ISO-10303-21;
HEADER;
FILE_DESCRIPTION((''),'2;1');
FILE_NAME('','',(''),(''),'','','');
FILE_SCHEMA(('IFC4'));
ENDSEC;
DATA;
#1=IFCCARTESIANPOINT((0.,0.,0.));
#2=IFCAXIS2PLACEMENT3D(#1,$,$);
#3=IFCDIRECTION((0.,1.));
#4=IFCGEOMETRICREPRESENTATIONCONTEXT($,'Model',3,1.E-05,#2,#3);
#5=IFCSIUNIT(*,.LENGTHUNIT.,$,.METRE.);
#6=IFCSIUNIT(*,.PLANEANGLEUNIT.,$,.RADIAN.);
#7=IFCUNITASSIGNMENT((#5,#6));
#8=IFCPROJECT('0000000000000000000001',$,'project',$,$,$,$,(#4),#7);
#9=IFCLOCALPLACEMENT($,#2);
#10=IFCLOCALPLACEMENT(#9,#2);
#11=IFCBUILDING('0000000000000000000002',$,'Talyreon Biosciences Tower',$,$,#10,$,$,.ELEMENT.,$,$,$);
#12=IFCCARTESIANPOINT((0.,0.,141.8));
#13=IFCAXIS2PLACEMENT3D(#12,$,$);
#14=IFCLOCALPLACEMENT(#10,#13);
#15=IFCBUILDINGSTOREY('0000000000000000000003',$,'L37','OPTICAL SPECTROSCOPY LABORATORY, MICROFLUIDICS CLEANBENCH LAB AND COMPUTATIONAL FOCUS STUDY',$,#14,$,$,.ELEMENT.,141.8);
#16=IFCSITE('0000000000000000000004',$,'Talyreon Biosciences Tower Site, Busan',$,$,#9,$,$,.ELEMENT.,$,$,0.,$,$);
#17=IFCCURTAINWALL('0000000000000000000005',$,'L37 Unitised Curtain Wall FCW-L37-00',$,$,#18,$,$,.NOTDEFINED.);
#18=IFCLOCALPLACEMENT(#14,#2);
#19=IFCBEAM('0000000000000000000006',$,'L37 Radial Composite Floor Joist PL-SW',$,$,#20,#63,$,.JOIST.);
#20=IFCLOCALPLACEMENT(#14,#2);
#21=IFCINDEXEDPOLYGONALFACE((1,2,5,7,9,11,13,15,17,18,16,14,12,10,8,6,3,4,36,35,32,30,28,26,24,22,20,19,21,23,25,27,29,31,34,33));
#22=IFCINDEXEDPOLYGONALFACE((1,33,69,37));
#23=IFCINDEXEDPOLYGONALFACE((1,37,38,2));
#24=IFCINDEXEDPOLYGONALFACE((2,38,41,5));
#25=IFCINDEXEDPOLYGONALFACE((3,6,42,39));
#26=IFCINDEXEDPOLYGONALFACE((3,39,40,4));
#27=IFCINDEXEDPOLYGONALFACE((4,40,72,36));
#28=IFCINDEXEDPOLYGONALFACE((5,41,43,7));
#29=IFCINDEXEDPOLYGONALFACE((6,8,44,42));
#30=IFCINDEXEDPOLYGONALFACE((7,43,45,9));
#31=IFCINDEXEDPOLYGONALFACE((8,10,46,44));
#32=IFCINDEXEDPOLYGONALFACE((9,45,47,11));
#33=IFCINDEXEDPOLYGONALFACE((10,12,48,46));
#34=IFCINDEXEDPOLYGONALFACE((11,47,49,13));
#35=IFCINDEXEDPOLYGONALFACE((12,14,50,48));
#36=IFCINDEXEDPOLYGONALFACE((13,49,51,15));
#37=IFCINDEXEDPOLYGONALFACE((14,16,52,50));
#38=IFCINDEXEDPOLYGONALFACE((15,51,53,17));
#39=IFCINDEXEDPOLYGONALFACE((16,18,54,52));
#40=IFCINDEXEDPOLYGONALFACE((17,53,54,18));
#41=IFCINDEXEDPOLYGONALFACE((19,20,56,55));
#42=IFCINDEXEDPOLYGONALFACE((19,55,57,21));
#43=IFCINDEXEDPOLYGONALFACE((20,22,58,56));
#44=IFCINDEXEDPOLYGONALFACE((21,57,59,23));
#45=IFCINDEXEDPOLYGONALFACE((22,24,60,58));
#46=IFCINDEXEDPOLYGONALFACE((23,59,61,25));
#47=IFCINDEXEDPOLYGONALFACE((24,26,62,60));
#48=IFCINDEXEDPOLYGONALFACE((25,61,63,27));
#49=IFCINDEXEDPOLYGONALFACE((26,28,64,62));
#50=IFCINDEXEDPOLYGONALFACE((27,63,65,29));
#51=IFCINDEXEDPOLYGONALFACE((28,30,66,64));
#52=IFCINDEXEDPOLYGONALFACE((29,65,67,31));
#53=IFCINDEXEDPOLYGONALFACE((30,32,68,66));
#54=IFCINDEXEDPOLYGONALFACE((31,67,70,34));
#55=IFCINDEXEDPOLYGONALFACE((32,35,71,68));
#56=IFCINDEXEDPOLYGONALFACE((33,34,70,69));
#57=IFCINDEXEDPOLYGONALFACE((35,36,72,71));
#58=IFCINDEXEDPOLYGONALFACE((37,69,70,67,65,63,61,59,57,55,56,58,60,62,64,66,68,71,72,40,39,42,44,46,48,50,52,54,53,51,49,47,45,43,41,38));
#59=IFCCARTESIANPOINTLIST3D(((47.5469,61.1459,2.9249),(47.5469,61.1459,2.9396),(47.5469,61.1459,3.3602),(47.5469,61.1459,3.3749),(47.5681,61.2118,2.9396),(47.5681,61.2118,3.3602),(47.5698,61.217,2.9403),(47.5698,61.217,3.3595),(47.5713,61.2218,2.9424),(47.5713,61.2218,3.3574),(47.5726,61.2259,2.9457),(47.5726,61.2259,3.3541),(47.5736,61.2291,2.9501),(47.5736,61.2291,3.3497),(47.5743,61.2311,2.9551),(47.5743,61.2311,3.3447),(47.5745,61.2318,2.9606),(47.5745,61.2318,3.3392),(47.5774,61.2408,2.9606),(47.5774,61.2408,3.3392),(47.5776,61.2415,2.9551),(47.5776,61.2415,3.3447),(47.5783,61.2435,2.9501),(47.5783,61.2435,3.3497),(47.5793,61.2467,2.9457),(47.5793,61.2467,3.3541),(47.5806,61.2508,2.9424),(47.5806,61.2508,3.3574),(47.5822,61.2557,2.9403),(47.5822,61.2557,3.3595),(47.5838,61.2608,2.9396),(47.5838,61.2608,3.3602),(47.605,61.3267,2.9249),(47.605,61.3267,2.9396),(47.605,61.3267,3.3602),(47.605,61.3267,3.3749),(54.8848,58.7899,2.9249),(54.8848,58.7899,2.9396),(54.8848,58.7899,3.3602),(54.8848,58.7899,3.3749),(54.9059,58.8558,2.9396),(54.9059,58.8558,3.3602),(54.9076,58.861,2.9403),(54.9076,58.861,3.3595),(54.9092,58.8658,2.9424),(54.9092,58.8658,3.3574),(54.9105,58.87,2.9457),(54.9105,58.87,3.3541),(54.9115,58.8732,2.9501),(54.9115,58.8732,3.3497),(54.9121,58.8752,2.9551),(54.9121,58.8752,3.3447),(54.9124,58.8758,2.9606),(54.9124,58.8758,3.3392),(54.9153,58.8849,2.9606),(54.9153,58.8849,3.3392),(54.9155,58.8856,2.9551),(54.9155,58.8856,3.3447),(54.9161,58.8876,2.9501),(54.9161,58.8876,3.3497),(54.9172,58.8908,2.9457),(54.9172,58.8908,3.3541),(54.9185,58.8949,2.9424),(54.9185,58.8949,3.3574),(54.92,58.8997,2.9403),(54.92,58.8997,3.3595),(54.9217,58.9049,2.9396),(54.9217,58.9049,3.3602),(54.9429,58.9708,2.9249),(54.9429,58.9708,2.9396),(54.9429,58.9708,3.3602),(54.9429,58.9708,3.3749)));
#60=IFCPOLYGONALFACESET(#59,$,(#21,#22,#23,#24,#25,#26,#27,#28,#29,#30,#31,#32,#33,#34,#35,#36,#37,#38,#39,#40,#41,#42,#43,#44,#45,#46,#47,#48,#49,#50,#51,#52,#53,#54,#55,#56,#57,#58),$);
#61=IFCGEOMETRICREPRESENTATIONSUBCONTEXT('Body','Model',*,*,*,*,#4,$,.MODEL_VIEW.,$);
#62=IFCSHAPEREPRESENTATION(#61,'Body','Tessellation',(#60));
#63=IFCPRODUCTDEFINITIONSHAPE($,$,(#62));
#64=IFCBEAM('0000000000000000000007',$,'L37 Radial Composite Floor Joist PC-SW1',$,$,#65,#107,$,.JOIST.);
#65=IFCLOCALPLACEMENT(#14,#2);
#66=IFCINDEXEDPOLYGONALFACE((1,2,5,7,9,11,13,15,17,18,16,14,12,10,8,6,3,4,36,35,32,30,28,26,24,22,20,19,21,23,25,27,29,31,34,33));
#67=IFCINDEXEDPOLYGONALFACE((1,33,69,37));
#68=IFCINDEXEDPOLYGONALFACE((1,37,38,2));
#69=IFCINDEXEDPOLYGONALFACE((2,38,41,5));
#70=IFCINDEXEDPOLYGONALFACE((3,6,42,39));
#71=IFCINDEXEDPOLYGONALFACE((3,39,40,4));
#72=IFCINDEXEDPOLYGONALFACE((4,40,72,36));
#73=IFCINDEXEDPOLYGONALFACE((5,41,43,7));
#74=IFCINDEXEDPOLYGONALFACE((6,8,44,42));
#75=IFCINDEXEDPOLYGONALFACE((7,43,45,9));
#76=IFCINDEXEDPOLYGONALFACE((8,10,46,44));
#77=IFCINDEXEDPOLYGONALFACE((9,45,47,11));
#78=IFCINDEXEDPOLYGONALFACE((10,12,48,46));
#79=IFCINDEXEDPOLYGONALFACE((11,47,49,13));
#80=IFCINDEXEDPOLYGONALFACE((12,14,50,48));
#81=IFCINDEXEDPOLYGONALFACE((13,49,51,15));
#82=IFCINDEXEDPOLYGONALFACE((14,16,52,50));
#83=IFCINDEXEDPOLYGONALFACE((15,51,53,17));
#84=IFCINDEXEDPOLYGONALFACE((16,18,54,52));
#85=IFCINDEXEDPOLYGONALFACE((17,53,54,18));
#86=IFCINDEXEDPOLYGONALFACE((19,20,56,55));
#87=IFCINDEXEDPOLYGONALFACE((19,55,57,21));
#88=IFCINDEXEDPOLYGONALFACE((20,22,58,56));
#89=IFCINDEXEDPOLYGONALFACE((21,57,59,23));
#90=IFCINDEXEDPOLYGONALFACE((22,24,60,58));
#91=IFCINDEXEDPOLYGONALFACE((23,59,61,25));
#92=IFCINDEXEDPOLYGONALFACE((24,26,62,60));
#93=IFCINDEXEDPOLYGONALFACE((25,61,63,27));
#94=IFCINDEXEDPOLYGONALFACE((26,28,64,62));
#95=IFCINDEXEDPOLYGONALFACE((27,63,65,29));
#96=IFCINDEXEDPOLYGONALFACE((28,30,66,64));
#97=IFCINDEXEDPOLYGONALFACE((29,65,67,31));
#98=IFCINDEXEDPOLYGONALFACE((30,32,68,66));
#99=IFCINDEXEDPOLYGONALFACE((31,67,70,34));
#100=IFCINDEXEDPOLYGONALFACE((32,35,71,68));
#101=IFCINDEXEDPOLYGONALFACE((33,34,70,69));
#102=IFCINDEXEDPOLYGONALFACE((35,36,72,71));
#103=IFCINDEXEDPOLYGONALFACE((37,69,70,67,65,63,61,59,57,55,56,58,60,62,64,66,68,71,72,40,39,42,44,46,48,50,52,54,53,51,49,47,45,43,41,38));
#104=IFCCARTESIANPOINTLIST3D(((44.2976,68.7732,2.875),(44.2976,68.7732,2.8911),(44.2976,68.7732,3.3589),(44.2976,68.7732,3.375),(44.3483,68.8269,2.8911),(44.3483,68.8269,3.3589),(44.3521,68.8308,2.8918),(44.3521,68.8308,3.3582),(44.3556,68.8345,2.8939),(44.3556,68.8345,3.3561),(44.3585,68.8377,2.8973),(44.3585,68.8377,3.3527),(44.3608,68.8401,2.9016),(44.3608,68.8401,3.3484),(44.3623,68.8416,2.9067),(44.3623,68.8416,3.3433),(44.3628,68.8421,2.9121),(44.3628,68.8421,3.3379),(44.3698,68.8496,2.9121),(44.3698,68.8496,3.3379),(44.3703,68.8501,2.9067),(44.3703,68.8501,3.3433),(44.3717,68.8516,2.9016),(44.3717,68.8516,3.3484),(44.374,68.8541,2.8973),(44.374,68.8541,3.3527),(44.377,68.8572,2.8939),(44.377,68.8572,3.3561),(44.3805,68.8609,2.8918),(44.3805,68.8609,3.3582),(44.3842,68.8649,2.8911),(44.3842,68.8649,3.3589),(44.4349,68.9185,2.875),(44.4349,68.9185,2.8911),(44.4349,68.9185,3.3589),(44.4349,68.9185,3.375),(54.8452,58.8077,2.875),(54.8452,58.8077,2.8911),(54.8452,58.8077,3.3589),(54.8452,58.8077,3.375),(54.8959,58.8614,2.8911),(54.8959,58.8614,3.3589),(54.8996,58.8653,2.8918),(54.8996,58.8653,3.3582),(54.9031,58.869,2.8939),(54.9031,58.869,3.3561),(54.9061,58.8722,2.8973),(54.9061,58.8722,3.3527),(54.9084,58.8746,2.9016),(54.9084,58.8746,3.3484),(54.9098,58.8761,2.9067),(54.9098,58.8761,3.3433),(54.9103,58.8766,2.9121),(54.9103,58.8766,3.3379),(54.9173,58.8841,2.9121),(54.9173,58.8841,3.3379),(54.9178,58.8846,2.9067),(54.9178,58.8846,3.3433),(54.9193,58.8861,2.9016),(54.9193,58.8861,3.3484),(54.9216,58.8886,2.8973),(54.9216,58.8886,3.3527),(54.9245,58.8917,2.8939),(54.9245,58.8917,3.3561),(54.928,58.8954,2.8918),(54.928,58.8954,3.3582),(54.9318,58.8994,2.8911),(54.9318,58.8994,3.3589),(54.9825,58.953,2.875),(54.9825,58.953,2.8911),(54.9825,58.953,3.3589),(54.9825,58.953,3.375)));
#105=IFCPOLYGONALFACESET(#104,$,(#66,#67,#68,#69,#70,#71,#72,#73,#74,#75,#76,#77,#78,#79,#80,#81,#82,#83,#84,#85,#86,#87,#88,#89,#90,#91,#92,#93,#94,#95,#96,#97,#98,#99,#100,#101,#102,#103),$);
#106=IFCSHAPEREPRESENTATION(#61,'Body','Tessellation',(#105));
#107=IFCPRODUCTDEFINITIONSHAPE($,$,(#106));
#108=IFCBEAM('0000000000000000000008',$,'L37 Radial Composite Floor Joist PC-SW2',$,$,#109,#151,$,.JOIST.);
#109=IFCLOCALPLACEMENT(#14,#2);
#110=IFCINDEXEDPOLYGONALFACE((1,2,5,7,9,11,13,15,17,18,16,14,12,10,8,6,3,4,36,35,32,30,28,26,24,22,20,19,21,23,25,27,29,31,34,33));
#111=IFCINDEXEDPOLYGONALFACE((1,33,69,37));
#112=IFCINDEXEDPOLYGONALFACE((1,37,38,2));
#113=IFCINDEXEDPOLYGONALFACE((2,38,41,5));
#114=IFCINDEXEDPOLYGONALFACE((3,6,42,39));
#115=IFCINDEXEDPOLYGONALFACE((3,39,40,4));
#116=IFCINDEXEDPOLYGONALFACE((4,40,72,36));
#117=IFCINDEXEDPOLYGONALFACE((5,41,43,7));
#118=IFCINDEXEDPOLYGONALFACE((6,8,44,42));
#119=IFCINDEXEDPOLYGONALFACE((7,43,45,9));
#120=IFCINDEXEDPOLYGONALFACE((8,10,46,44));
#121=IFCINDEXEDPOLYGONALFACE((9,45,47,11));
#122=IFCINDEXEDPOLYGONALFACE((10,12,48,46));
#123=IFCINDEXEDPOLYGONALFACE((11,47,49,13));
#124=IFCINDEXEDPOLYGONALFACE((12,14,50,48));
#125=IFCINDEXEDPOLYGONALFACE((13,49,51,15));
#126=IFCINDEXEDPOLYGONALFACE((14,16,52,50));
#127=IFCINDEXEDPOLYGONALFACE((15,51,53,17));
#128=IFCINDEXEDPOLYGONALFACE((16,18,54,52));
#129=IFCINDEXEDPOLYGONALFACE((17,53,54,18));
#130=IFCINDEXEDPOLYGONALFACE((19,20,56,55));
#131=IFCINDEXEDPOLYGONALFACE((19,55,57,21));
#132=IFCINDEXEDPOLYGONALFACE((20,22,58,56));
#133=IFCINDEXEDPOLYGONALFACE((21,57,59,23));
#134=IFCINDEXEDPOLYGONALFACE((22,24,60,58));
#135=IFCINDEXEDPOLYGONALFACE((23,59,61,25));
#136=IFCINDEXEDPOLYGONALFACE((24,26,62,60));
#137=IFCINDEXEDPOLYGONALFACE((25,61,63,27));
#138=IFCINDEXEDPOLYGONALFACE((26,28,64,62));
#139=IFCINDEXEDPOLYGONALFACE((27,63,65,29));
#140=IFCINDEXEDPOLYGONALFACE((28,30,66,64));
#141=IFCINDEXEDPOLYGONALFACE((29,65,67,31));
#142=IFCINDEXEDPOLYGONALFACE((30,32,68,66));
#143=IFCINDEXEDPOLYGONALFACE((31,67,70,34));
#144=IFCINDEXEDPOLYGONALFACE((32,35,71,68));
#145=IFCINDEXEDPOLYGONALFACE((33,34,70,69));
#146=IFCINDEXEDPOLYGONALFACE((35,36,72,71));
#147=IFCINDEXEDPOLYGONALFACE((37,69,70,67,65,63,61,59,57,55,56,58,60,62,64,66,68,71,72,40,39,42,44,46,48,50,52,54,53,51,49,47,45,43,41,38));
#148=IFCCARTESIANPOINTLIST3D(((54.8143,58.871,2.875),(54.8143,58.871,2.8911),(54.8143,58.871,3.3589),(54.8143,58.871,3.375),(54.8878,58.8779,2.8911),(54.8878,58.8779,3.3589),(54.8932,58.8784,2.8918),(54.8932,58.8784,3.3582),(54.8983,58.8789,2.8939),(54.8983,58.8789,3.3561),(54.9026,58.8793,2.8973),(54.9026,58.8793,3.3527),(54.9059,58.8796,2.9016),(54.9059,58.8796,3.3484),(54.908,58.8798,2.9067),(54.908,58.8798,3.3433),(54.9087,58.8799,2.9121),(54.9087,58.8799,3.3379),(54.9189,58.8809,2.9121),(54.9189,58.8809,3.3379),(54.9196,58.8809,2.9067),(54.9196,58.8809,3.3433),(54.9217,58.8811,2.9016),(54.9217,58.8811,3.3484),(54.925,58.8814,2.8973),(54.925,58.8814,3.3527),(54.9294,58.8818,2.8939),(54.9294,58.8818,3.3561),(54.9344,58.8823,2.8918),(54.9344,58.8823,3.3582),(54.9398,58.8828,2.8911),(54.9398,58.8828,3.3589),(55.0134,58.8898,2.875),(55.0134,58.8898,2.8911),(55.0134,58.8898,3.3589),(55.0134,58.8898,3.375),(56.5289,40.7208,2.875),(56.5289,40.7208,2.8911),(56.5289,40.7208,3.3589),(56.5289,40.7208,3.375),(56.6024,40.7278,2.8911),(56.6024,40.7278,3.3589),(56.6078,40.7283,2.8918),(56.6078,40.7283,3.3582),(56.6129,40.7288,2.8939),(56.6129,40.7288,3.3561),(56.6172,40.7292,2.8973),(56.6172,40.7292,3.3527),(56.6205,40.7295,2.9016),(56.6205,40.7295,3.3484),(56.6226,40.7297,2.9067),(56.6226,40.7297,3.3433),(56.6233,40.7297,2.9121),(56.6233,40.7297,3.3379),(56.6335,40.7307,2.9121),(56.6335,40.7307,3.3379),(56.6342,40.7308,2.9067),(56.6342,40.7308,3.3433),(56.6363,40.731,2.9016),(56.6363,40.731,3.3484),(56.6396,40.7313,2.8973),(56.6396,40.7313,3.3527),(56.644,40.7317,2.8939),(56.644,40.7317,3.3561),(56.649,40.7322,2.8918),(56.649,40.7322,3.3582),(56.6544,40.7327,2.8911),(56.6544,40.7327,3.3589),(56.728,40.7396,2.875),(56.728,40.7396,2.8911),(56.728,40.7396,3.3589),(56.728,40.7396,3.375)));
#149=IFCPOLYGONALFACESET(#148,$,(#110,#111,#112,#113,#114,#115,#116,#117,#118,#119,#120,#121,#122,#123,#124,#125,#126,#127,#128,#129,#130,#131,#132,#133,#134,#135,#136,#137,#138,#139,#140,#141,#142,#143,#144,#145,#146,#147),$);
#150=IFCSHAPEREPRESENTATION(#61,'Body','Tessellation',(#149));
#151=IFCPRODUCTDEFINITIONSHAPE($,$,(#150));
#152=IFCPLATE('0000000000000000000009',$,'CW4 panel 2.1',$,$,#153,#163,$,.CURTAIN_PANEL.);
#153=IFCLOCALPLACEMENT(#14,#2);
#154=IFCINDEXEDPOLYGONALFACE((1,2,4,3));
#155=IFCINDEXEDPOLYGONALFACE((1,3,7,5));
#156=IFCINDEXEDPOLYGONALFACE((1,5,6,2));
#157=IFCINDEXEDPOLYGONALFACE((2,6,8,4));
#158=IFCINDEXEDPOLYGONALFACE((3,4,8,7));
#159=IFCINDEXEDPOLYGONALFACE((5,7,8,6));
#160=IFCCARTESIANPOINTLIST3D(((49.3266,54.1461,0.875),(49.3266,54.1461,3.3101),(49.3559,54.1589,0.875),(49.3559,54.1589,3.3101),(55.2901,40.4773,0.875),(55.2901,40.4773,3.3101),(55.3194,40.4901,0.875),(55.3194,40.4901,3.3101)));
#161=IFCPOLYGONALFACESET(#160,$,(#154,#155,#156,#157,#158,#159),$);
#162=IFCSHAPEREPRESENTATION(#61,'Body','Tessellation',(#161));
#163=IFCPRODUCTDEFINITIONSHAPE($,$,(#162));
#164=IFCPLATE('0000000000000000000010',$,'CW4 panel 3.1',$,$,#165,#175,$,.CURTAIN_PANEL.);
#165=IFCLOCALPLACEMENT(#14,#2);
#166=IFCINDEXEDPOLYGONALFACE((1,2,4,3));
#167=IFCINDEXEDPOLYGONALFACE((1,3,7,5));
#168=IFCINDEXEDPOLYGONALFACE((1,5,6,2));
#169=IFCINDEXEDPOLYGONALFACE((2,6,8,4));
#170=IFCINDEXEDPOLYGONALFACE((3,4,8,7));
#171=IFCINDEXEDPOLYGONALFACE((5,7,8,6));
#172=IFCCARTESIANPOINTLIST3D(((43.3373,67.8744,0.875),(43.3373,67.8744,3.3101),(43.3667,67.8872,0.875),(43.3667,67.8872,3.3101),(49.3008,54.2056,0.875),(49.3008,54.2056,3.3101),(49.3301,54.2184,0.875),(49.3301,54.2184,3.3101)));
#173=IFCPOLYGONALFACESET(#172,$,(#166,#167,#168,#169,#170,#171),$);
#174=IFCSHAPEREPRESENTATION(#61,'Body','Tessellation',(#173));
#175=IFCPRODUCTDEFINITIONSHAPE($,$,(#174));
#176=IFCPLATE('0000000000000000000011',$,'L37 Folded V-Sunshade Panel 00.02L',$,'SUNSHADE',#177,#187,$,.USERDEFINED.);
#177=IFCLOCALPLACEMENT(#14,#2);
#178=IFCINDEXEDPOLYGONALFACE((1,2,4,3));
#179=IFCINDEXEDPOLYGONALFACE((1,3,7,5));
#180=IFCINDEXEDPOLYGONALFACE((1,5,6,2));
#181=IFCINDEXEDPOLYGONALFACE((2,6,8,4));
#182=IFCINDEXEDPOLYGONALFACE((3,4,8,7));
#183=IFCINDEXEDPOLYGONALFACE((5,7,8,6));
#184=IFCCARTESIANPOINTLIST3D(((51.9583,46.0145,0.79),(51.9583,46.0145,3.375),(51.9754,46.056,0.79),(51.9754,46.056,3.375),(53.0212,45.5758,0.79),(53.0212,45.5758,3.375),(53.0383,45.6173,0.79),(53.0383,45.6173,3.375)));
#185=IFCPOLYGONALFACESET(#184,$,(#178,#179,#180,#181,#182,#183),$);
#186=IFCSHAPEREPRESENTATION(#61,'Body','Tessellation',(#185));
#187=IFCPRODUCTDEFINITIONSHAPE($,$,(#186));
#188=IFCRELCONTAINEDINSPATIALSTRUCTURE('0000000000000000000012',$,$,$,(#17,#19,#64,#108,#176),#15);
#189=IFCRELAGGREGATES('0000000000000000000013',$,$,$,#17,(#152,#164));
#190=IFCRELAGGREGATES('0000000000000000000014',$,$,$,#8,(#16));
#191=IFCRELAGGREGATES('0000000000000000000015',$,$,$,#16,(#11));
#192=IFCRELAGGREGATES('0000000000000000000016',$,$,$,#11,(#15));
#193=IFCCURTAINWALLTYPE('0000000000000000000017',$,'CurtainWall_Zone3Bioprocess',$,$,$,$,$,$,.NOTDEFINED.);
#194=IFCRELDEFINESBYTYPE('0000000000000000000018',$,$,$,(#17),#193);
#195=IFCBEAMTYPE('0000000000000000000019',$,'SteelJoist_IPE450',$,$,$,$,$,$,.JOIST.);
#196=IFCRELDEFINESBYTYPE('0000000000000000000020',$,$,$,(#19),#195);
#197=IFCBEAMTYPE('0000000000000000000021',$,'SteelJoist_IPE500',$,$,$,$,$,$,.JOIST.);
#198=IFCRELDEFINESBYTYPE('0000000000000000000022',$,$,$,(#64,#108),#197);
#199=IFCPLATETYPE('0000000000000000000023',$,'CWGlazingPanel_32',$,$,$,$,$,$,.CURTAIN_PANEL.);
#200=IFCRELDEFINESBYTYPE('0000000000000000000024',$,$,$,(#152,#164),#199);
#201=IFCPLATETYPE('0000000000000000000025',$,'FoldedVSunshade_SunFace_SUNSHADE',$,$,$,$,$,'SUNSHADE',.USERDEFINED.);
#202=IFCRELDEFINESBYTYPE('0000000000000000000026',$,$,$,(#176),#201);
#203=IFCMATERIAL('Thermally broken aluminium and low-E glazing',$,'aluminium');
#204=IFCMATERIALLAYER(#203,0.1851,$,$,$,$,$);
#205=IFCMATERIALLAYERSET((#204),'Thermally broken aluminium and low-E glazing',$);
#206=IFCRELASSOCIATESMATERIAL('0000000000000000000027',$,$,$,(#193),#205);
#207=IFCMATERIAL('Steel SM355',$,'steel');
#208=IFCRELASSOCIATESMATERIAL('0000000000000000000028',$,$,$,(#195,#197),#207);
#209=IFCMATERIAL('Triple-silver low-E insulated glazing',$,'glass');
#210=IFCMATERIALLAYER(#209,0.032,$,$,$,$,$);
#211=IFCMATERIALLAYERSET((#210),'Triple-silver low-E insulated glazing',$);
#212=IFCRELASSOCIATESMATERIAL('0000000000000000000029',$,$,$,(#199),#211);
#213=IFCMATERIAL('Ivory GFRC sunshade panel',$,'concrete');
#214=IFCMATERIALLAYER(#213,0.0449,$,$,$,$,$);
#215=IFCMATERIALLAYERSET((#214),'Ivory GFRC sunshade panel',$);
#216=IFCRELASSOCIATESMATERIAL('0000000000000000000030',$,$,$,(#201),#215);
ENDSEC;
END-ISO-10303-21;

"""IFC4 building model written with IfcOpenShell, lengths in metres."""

from ifc_helpers import new_model, si_unit, direction, frame, origin, origin_2d, place, context, subcontext, project, spatial, rectangle, i_section, extrude, material, layer, layer_set, material_profile, profile_set, type_object, element, aggregate, save


model = new_model("IFC4")

# Units and contexts
model_context = context("Model", 3, precision=1e-05, world=origin(), true_north=direction((0.0, 1.0)))
body_context = subcontext(model_context, "Body", "Model", "MODEL_VIEW")
ifc_project = project(units=[si_unit("LENGTHUNIT", "METRE"), si_unit("PLANEANGLEUNIT", "RADIAN")], contexts=[model_context])

# Site, building, storey
site_placement = place(None, origin())
site = spatial("IfcSite", under=ifc_project, at=site_placement, Name="Talyreon Biosciences Tower Site, Busan", CompositionType="ELEMENT", RefElevation=0.0)
building_placement = place(site_placement, origin())
building = spatial("IfcBuilding", under=site, at=building_placement, Name="Talyreon Biosciences Tower", CompositionType="ELEMENT")
storey_placement = place(building_placement, frame((0.0, 0.0, 141.8)))
storey = spatial("IfcBuildingStorey", under=building, at=storey_placement, Name="L37", Description="OPTICAL SPECTROSCOPY LABORATORY, MICROFLUIDICS CLEANBENCH LAB AND COMPUTATIONAL FOCUS STUDY", CompositionType="ELEMENT", Elevation=141.8)

# Curtain wall
ifc_material_1 = material(Name="Thermally broken aluminium and low-E glazing", Category="aluminium")
ifc_layer_1 = layer(ifc_material_1, 0.1851)
ifc_layer_set_1 = layer_set([ifc_layer_1], Name="Thermally broken aluminium and low-E glazing")
curtain_wall_type = type_object("IfcCurtainWallType", Name="CurtainWall_Zone3Bioprocess", PredefinedType="NOTDEFINED", material=ifc_layer_set_1)
curtain_wall_placement = place(storey_placement, origin())
curtain_wall = element("IfcCurtainWall", 1, at=curtain_wall_placement, inside=storey, type_object=curtain_wall_type, Name="L37 Unitised Curtain Wall FCW-L37-00", PredefinedType="NOTDEFINED")

# Beams
ifc_material_2 = material(Name="Steel SM355", Category="steel")
ifc_material_profile_1 = material_profile(ifc_material_2, i_section(OverallWidth=0.1899, OverallDepth=0.45, WebThickness=0.0095, FlangeThickness=0.0146, FilletRadius=0.021, at=origin_2d()), Name="IPE450")
ifc_profile_set_1 = profile_set([ifc_material_profile_1], Name="Steel SM355")
beam_type_1 = type_object("IfcBeamType", Name="SteelJoist_IPE450", PredefinedType="JOIST", material=ifc_profile_set_1)
beam_1_placement = place(storey_placement, frame((54.9138, 58.8804, 3.1499), z_axis=(-0.952129, 0.305697, 0.0), x_axis=(-0.305697, -0.952129, 0.0)))
element("IfcBeam", 2, at=beam_1_placement, inside=storey, type_object=beam_type_1, Name="L37 Radial Composite Floor Joist PL-SW", PredefinedType="JOIST", context=body_context, shape_type="SweptSolid", body=[
    extrude(i_section(OverallWidth=0.1899, OverallDepth=0.45, WebThickness=0.0095, FlangeThickness=0.0146, FilletRadius=0.021, at=origin_2d()), origin(), (0.0, 0.0, 1.0), 7.7068),
])
ifc_material_profile_2 = material_profile(ifc_material_2, i_section(OverallWidth=0.2, OverallDepth=0.5, WebThickness=0.0103, FlangeThickness=0.0161, FilletRadius=0.021, at=origin_2d()), Name="IPE500")
ifc_profile_set_2 = profile_set([ifc_material_profile_2], Name="Steel SM355")
beam_type_2 = type_object("IfcBeamType", Name="SteelJoist_IPE500", PredefinedType="JOIST", material=ifc_profile_set_2)
beam_2_placement = place(storey_placement, frame((54.9138, 58.8804, 3.125), z_axis=(-0.726877, 0.686767, 0.0), x_axis=(-0.686767, -0.726877, 0.0)))
element("IfcBeam", 3, at=beam_2_placement, inside=storey, type_object=beam_type_2, Name="L37 Radial Composite Floor Joist PC-SW1", PredefinedType="JOIST", context=body_context, shape_type="SweptSolid", body=[
    extrude(i_section(OverallWidth=0.2, OverallDepth=0.5, WebThickness=0.0103, FlangeThickness=0.0161, FilletRadius=0.021, at=origin_2d()), origin(), (0.0, 0.0, 1.0), 14.5107),
])
beam_3_placement = place(storey_placement, frame((54.9138, 58.8804, 3.125), z_axis=(0.094049, -0.995568, 0.0), x_axis=(0.995568, 0.094049, 0.0)))
element("IfcBeam", 4, at=beam_3_placement, inside=storey, type_object=beam_type_2, Name="L37 Radial Composite Floor Joist PC-SW2", PredefinedType="JOIST", context=body_context, shape_type="SweptSolid", body=[
    extrude(i_section(OverallWidth=0.2, OverallDepth=0.5, WebThickness=0.0103, FlangeThickness=0.0161, FilletRadius=0.021, at=origin_2d()), origin(), (0.0, 0.0, 1.0), 18.231),
])

# Plates
ifc_material_3 = material(Name="Triple-silver low-E insulated glazing", Category="glass")
ifc_layer_2 = layer(ifc_material_3, 0.032)
ifc_layer_set_2 = layer_set([ifc_layer_2], Name="Triple-silver low-E insulated glazing")
plate_type_1 = type_object("IfcPlateType", Name="CWGlazingPanel_32", PredefinedType="CURTAIN_PANEL", material=ifc_layer_set_2)
plate_1_placement = place(storey_placement, frame((52.323, 47.3181, 0.875), z_axis=(0.0, 0.0, 1.0), x_axis=(-0.399882, 0.916566, 0.0)))
plate_1 = element("IfcPlate", 5, at=plate_1_placement, type_object=plate_type_1, Name="CW4 panel 2.1", PredefinedType="CURTAIN_PANEL", context=body_context, shape_type="SweptSolid", body=[
    extrude(rectangle(XDim=14.9131, YDim=0.032, at=origin_2d()), origin(), (0.0, 0.0, 1.0), 2.4351),
])
plate_2_placement = place(storey_placement, frame((46.3337, 61.0464, 0.875), z_axis=(0.0, 0.0, 1.0), x_axis=(-0.399882, 0.916566, 0.0)))
plate_2 = element("IfcPlate", 6, at=plate_2_placement, type_object=plate_type_1, Name="CW4 panel 3.1", PredefinedType="CURTAIN_PANEL", context=body_context, shape_type="SweptSolid", body=[
    extrude(rectangle(XDim=14.9131, YDim=0.032, at=origin_2d()), origin(), (0.0, 0.0, 1.0), 2.4351),
])
aggregate(curtain_wall, [plate_1, plate_2])

# Plate
ifc_material_4 = material(Name="Ivory GFRC sunshade panel", Category="concrete")
ifc_layer_3 = layer(ifc_material_4, 0.0449)
ifc_layer_set_3 = layer_set([ifc_layer_3], Name="Ivory GFRC sunshade panel")
plate_type_2 = type_object("IfcPlateType", Name="FoldedVSunshade_SunFace_SUNSHADE", ElementType="SUNSHADE", PredefinedType="USERDEFINED", material=ifc_layer_set_3)
for number, where, z_axis, x_axis, name in (
    (7, (52.4983, 45.8159, 0.79), (0.0, 0.0, 1.0), (-0.924353, 0.381538, 0.0), "L37 Folded V-Sunshade Panel 00.02L"),
):
    element("IfcPlate", number, at=place(storey_placement, frame(where, z_axis=z_axis, x_axis=x_axis)), inside=storey, type_object=plate_type_2, Name=name, ObjectType="SUNSHADE", PredefinedType="USERDEFINED", context=body_context, shape_type="SweptSolid", body=[
        extrude(rectangle(XDim=1.1499, YDim=0.0449, at=origin_2d()), origin(), (0.0, 0.0, 1.0), 2.585),
    ])

save(model, "model.ifc")
